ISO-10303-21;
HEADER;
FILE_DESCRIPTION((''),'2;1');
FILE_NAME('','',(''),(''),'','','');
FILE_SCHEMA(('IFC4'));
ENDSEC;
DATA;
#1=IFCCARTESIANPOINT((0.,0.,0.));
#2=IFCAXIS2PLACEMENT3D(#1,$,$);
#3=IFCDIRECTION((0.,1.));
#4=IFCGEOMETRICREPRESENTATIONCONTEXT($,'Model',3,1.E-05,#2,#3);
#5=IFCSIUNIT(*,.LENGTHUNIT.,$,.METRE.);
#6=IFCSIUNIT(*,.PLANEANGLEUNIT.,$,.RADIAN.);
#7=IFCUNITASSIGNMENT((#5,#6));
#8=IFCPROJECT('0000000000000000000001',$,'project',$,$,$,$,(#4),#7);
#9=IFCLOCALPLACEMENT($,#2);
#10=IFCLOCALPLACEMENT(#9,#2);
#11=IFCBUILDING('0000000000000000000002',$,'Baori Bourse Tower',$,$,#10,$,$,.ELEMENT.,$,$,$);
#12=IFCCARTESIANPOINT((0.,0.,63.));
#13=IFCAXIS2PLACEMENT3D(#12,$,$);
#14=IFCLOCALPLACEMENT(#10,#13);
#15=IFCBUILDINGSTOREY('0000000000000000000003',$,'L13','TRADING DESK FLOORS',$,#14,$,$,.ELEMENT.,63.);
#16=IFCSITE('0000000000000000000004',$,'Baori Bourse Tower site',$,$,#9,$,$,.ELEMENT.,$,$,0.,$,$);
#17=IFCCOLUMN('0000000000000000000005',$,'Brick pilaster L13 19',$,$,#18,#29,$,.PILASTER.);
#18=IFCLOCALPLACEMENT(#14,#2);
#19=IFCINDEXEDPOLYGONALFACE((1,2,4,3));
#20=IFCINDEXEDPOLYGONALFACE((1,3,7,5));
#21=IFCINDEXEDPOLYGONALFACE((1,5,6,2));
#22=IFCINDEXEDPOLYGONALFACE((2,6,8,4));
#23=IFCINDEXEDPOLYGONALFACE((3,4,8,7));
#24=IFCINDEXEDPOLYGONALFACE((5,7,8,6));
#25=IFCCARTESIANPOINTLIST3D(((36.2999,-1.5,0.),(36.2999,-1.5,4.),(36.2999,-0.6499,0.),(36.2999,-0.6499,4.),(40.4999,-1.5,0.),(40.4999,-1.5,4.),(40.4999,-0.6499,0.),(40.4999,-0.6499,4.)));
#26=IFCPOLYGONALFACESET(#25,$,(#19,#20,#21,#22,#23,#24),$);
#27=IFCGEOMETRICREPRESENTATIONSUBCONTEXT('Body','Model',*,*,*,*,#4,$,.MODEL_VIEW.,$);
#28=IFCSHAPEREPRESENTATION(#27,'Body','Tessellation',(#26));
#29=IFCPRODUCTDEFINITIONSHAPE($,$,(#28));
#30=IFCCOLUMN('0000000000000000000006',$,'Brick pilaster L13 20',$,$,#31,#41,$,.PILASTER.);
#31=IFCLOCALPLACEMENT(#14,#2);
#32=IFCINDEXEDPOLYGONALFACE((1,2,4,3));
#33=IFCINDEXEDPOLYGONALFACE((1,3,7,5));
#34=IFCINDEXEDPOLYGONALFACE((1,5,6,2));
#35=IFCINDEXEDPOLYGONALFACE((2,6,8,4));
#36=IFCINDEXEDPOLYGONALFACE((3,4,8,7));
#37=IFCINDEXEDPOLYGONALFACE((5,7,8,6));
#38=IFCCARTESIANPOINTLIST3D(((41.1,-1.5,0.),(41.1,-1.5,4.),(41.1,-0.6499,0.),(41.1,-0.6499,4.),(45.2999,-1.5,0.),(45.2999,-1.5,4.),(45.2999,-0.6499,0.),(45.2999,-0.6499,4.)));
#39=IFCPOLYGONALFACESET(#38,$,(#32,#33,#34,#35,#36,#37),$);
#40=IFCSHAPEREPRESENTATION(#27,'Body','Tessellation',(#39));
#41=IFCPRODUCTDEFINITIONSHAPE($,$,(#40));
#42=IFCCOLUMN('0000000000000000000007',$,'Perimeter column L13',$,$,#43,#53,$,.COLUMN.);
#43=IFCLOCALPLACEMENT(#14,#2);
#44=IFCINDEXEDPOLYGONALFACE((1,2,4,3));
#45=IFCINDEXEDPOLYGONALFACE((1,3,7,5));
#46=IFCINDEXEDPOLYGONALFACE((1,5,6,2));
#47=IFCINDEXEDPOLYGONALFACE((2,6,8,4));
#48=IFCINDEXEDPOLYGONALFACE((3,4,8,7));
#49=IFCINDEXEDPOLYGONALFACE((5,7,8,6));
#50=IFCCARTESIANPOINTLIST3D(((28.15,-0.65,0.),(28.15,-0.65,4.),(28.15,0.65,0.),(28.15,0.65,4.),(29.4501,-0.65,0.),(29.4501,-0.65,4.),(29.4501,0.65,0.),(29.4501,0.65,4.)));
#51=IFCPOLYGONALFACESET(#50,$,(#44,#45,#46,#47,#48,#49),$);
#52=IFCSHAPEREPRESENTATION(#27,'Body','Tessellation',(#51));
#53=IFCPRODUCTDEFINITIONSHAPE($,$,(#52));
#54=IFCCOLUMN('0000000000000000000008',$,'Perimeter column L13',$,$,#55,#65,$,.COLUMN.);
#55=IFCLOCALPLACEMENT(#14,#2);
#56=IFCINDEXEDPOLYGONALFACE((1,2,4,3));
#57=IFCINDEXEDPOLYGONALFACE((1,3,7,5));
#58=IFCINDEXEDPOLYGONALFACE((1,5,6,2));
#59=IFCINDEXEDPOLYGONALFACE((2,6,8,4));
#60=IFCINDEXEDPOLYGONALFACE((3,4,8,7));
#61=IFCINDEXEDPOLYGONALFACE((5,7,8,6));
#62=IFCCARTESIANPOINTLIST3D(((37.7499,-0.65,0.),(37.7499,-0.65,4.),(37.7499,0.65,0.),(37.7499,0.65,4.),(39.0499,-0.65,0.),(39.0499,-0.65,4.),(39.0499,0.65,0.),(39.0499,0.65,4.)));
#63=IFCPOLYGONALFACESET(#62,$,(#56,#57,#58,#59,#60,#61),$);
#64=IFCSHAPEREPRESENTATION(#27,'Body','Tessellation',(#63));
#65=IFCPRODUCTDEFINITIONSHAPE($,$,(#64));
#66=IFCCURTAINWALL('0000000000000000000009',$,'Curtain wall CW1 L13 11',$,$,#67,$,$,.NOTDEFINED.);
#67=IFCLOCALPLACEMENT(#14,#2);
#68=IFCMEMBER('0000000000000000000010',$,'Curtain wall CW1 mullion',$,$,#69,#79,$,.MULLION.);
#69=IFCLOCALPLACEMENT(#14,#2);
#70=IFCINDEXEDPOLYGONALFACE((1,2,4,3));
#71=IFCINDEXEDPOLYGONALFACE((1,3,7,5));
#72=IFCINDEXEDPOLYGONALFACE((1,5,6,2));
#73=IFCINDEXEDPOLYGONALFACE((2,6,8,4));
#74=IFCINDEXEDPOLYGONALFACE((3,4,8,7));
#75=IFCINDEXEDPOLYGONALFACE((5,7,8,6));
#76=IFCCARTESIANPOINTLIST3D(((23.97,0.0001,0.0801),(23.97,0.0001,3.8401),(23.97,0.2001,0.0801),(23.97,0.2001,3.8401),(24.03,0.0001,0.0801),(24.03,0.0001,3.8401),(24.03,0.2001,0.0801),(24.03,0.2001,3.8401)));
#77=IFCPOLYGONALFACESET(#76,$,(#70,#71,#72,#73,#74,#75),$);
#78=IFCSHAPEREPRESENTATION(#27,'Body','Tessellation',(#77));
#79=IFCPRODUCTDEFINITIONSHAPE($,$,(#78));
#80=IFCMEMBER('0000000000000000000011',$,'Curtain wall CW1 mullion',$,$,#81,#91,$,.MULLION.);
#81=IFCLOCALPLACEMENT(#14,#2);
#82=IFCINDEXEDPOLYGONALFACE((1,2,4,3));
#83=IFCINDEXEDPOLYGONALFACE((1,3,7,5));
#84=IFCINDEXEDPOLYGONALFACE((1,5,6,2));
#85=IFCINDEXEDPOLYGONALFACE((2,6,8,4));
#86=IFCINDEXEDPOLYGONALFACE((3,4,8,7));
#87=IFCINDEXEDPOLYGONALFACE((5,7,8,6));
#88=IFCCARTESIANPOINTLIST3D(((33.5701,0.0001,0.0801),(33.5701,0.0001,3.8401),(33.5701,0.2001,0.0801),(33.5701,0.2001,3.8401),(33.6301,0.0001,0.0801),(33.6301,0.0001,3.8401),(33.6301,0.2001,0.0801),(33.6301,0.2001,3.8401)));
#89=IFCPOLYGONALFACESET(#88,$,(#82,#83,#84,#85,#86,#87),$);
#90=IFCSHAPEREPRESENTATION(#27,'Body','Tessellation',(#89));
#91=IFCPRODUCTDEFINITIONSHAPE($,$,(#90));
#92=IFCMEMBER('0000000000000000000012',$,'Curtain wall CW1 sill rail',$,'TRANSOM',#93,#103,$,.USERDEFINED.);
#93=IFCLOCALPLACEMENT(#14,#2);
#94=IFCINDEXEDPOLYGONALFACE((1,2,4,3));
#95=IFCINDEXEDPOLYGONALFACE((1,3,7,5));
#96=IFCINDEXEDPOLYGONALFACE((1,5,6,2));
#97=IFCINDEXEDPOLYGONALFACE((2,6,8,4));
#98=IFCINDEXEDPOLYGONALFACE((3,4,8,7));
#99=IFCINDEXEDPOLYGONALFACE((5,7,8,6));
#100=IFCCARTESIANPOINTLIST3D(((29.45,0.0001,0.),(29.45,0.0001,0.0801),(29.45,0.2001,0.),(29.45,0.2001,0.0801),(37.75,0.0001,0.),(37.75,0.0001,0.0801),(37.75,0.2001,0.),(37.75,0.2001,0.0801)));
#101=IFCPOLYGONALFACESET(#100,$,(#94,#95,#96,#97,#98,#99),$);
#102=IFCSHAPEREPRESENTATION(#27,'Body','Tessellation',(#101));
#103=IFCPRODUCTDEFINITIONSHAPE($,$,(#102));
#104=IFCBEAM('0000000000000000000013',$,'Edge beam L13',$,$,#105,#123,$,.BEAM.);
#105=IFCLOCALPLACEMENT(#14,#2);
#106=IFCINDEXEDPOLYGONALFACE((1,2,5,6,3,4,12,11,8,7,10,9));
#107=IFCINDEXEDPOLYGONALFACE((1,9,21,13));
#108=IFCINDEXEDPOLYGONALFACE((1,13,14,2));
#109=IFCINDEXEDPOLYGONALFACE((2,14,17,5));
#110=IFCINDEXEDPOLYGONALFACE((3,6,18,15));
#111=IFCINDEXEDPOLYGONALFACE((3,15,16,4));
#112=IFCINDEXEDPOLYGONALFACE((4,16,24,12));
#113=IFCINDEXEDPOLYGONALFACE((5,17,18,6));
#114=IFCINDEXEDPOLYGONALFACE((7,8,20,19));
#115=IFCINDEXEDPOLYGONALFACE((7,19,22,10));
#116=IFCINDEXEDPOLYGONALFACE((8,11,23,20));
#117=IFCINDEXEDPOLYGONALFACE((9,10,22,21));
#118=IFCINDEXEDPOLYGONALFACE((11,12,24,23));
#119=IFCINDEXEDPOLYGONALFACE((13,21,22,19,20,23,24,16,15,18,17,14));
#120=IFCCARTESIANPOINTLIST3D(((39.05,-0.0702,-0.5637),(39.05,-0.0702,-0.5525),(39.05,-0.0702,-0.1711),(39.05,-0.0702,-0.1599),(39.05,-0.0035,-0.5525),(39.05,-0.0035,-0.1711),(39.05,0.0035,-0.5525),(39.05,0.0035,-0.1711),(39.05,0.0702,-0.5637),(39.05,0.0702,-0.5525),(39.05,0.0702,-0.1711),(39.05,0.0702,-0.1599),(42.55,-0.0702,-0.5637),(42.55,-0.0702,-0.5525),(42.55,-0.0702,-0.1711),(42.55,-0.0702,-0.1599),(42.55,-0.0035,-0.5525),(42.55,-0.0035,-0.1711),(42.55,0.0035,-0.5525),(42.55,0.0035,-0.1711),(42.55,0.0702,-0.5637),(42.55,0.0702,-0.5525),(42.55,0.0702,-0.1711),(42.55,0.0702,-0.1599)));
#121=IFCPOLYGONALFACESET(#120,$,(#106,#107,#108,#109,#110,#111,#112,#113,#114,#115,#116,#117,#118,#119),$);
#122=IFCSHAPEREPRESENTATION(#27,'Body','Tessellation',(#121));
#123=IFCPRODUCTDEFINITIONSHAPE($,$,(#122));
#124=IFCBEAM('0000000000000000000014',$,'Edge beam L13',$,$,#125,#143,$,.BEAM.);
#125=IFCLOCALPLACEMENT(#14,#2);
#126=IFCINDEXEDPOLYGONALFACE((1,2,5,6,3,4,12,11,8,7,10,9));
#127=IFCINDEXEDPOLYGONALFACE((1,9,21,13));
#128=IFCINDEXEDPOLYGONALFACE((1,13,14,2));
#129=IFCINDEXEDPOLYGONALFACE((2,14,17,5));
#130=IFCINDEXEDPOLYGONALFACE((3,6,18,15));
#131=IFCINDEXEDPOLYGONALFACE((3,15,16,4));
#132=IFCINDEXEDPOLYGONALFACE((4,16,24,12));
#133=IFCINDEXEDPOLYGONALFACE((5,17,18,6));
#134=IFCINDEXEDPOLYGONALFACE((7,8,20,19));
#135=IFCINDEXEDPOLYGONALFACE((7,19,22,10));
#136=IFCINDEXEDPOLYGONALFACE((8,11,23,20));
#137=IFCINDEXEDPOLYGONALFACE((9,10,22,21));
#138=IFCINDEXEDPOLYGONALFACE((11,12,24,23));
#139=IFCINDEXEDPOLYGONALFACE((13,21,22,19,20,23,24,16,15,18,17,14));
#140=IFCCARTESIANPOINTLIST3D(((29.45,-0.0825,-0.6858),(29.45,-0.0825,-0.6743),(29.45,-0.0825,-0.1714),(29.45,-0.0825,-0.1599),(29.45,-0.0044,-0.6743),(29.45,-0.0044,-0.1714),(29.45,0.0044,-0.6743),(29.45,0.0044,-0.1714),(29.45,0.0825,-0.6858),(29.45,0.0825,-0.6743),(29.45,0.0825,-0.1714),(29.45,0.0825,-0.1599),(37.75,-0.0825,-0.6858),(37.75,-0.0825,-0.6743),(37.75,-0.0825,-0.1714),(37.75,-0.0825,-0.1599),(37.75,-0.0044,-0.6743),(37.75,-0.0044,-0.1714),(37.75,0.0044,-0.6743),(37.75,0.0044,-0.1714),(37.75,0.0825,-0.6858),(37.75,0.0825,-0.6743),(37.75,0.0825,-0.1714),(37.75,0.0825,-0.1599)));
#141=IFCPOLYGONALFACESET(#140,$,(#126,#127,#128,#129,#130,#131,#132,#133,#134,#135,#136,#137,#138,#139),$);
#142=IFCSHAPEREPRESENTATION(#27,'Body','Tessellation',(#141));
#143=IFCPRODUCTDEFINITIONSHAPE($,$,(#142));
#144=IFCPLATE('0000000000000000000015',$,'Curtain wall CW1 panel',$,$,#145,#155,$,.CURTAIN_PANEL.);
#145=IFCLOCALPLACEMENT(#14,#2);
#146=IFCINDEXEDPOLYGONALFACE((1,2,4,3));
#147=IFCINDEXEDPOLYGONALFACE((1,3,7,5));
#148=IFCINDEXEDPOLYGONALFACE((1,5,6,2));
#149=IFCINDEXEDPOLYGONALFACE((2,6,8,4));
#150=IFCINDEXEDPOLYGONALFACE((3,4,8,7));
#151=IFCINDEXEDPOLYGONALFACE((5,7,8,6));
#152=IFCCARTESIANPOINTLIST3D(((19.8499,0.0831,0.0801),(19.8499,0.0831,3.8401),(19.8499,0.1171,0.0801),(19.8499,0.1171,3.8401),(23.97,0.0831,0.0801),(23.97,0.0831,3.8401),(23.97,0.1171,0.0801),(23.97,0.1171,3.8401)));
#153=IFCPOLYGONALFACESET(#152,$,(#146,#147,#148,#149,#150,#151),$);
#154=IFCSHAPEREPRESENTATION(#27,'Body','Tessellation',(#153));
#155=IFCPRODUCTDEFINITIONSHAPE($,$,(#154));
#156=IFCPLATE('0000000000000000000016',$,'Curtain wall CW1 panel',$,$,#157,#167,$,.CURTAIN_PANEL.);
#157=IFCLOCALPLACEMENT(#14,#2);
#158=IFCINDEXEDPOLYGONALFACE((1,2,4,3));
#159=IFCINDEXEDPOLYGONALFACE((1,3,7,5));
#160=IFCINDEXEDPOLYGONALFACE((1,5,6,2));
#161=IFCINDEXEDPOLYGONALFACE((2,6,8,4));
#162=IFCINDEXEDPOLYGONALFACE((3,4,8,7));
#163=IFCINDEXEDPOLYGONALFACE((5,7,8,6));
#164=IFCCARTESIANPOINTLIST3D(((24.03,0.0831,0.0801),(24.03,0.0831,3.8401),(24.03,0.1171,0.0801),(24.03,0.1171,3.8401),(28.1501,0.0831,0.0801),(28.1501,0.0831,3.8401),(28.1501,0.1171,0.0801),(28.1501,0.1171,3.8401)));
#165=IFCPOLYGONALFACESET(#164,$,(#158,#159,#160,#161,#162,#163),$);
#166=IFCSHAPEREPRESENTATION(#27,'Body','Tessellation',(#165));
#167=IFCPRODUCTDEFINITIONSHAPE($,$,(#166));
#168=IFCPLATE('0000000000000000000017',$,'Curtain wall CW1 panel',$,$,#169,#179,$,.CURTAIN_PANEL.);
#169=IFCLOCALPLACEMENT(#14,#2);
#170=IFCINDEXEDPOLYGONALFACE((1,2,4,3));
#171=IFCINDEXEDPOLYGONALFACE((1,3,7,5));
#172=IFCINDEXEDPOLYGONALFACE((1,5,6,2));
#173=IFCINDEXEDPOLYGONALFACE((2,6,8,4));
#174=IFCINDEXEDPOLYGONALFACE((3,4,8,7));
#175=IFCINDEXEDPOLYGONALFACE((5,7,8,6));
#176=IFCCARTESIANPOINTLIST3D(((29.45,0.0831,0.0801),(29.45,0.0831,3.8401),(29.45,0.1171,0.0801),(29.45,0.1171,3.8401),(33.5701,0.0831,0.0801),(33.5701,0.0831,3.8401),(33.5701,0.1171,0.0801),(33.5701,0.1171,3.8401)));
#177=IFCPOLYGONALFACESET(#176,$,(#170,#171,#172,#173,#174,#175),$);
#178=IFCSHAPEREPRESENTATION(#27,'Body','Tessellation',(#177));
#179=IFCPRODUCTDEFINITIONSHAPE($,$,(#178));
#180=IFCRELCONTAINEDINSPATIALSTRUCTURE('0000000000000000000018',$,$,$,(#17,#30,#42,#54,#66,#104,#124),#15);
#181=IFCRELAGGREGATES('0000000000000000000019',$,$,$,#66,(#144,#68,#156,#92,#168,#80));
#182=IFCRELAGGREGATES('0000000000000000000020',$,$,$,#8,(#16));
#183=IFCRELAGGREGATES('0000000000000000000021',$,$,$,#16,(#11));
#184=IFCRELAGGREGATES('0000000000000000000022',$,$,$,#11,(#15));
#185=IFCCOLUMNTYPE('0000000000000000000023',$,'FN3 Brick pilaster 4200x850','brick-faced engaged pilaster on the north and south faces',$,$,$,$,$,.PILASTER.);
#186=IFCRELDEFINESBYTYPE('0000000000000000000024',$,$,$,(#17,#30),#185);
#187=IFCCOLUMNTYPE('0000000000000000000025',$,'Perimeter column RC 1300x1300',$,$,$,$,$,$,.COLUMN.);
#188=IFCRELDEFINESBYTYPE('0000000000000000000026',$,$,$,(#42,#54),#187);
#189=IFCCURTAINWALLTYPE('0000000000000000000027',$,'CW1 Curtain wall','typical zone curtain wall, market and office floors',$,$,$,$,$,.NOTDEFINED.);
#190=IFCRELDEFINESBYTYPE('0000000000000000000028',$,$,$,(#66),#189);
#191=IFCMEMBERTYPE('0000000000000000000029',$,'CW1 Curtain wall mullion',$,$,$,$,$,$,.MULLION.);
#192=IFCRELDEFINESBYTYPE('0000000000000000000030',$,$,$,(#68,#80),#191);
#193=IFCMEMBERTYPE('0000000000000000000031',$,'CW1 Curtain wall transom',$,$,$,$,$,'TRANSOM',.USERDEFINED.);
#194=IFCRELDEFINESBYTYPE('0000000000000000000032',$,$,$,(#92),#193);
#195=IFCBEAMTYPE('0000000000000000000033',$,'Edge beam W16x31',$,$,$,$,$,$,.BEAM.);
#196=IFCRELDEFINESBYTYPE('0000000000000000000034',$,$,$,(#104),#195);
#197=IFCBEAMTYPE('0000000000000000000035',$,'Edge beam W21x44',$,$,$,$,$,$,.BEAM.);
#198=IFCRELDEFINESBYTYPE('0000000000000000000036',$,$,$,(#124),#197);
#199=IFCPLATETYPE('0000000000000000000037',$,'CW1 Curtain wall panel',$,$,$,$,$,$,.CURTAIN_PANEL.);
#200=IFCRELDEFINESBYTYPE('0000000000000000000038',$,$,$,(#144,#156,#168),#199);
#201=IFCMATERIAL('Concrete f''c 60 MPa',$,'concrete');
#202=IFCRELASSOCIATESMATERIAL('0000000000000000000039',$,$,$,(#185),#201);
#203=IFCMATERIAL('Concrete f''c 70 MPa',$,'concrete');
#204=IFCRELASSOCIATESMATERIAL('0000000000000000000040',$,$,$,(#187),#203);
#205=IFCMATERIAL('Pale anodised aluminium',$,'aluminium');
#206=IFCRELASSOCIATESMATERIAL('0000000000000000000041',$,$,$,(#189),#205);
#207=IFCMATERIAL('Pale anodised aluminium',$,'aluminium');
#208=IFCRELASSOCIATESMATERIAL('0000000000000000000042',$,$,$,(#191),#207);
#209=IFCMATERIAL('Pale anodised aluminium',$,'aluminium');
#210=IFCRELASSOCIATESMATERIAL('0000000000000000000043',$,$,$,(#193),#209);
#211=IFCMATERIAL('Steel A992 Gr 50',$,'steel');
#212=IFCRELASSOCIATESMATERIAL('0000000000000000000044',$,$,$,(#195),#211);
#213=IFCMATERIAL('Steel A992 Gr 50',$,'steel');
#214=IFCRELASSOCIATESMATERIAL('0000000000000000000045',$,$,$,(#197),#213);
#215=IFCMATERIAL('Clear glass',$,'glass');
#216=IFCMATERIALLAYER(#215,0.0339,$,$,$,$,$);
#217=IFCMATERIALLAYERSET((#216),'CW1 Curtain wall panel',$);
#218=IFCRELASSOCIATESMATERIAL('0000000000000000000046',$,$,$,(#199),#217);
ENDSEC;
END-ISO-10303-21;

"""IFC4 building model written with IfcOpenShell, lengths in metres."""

from ifc_helpers import new_model, si_unit, direction, frame, origin, origin_2d, place, context, subcontext, project, spatial, rectangle, i_section, extrude, material, layer, layer_set, material_profile, profile_set, type_object, element, aggregate, save


model = new_model("IFC4")

# Units and contexts
model_context = context("Model", 3, precision=1e-05, world=origin(), true_north=direction((0.0, 1.0)))
body_context = subcontext(model_context, "Body", "Model", "MODEL_VIEW")
ifc_project = project(units=[si_unit("LENGTHUNIT", "METRE"), si_unit("PLANEANGLEUNIT", "RADIAN")], contexts=[model_context])

# Site, building, storey
site_placement = place(None, origin())
site = spatial("IfcSite", under=ifc_project, at=site_placement, Name="Baori Bourse Tower site", CompositionType="ELEMENT", RefElevation=0.0)
building_placement = place(site_placement, origin())
building = spatial("IfcBuilding", under=site, at=building_placement, Name="Baori Bourse Tower", CompositionType="ELEMENT")
storey_placement = place(building_placement, frame((0.0, 0.0, 63.0)))
storey = spatial("IfcBuildingStorey", under=building, at=storey_placement, Name="L13", Description="TRADING DESK FLOORS", CompositionType="ELEMENT", Elevation=63.0)

# Columns
ifc_material_1 = material(Name="Concrete f'c 60 MPa", Category="concrete")
ifc_material_profile_1 = material_profile(ifc_material_1, rectangle(XDim=4.2, YDim=0.8501, at=origin_2d()), Name="RC 4200x850")
ifc_profile_set_1 = profile_set([ifc_material_profile_1], Name="Concrete f'c 60 MPa")
column_type_1 = type_object("IfcColumnType", Name="FN3 Brick pilaster 4200x850", Description="brick-faced engaged pilaster on the north and south faces", PredefinedType="PILASTER", material=ifc_profile_set_1)
for number, where, z_axis, x_axis, name in (
    (1, (38.3999, -1.075, 0.0), (0.0, 0.0, 1.0), (1.0, 0.0, 0.0), "Brick pilaster L13 19"),
    (2, (43.2, -1.075, 0.0), (0.0, 0.0, 1.0), (1.0, 0.0, 0.0), "Brick pilaster L13 20"),
):
    element("IfcColumn", number, at=place(storey_placement, frame(where, z_axis=z_axis, x_axis=x_axis)), inside=storey, type_object=column_type_1, Name=name, PredefinedType="PILASTER", context=body_context, shape_type="SweptSolid", body=[
        extrude(rectangle(XDim=4.2, YDim=0.8501, at=origin_2d()), origin(), (0.0, 0.0, 1.0), 4.0),
    ])
ifc_material_2 = material(Name="Concrete f'c 70 MPa", Category="concrete")
ifc_material_profile_2 = material_profile(ifc_material_2, rectangle(XDim=1.3, YDim=1.3, at=origin_2d()), Name="RC 1300x1300")
ifc_profile_set_2 = profile_set([ifc_material_profile_2], Name="Concrete f'c 70 MPa")
column_type_2 = type_object("IfcColumnType", Name="Perimeter column RC 1300x1300", PredefinedType="COLUMN", material=ifc_profile_set_2)
for number, where, z_axis, x_axis, name in (
    (3, (28.8, 0.0, 0.0), (0.0, 0.0, 1.0), (1.0, 0.0, 0.0), "Perimeter column L13"),
    (4, (38.3999, 0.0, 0.0), (0.0, 0.0, 1.0), (1.0, 0.0, 0.0), "Perimeter column L13"),
):
    element("IfcColumn", number, at=place(storey_placement, frame(where, z_axis=z_axis, x_axis=x_axis)), inside=storey, type_object=column_type_2, Name=name, PredefinedType="COLUMN", context=body_context, shape_type="SweptSolid", body=[
        extrude(rectangle(XDim=1.3, YDim=1.3, at=origin_2d()), origin(), (0.0, 0.0, 1.0), 4.0),
    ])

# Curtain wall, members
ifc_material_3 = material(Name="Pale anodised aluminium", Category="aluminium")
curtain_wall_type = type_object("IfcCurtainWallType", Name="CW1 Curtain wall", Description="typical zone curtain wall, market and office floors", PredefinedType="NOTDEFINED", material=ifc_material_3)
curtain_wall_placement = place(storey_placement, origin())
curtain_wall = element("IfcCurtainWall", 5, at=curtain_wall_placement, inside=storey, type_object=curtain_wall_type, Name="Curtain wall CW1 L13 11", PredefinedType="NOTDEFINED")
ifc_material_4 = material(Name="Pale anodised aluminium", Category="aluminium")
ifc_material_profile_3 = material_profile(ifc_material_4, rectangle(XDim=0.2, YDim=0.0601, at=origin_2d()), Name="Mullion 60x200")
ifc_profile_set_3 = profile_set([ifc_material_profile_3], Name="Pale anodised aluminium")
member_type_1 = type_object("IfcMemberType", Name="CW1 Curtain wall mullion", PredefinedType="MULLION", material=ifc_profile_set_3)
member_1_placement = place(storey_placement, frame((24.0, 0.1001, 0.0801), z_axis=(0.0, 0.0, 1.0), x_axis=(0.0, 1.0, 0.0)))
member_1 = element("IfcMember", 6, at=member_1_placement, type_object=member_type_1, Name="Curtain wall CW1 mullion", PredefinedType="MULLION", context=body_context, shape_type="SweptSolid", body=[
    extrude(rectangle(XDim=0.2, YDim=0.0601, at=origin_2d()), origin(), (0.0, 0.0, 1.0), 3.76),
])
member_2_placement = place(storey_placement, frame((33.6001, 0.1001, 0.0801), z_axis=(0.0, 0.0, 1.0), x_axis=(0.0, 1.0, 0.0)))
member_2 = element("IfcMember", 7, at=member_2_placement, type_object=member_type_1, Name="Curtain wall CW1 mullion", PredefinedType="MULLION", context=body_context, shape_type="SweptSolid", body=[
    extrude(rectangle(XDim=0.2, YDim=0.0601, at=origin_2d()), origin(), (0.0, 0.0, 1.0), 3.76),
])
ifc_material_5 = material(Name="Pale anodised aluminium", Category="aluminium")
ifc_material_profile_4 = material_profile(ifc_material_5, rectangle(XDim=0.2, YDim=0.0801, at=origin_2d()), Name="Transom 80x200")
ifc_profile_set_4 = profile_set([ifc_material_profile_4], Name="Pale anodised aluminium")
member_type_2 = type_object("IfcMemberType", Name="CW1 Curtain wall transom", ElementType="TRANSOM", PredefinedType="USERDEFINED", material=ifc_profile_set_4)
member_3_placement = place(storey_placement, frame((29.45, 0.1001, 0.04), z_axis=(1.0, 0.0, 0.0), x_axis=(0.0, 1.0, 0.0)))
member_3 = element("IfcMember", 8, at=member_3_placement, type_object=member_type_2, Name="Curtain wall CW1 sill rail", ObjectType="TRANSOM", PredefinedType="USERDEFINED", context=body_context, shape_type="SweptSolid", body=[
    extrude(rectangle(XDim=0.2, YDim=0.0801, at=origin_2d()), origin(), (0.0, 0.0, 1.0), 8.3),
])

# Beams
ifc_material_6 = material(Name="Steel A992 Gr 50", Category="steel")
ifc_material_profile_5 = material_profile(ifc_material_6, i_section(OverallWidth=0.1404, OverallDepth=0.4038, WebThickness=0.0071, FlangeThickness=0.0112, at=origin_2d()), Name="W16x31")
ifc_profile_set_5 = profile_set([ifc_material_profile_5], Name="Steel A992 Gr 50")
beam_type_1 = type_object("IfcBeamType", Name="Edge beam W16x31", PredefinedType="BEAM", material=ifc_profile_set_5)
beam_1_placement = place(storey_placement, frame((39.05, 0.0, -0.3618), z_axis=(1.0, 0.0, 0.0), x_axis=(0.0, 1.0, 0.0)))
element("IfcBeam", 9, at=beam_1_placement, inside=storey, type_object=beam_type_1, Name="Edge beam L13", PredefinedType="BEAM", context=body_context, shape_type="SweptSolid", body=[
    extrude(i_section(OverallWidth=0.1404, OverallDepth=0.4038, WebThickness=0.0071, FlangeThickness=0.0112, at=origin_2d()), origin(), (0.0, 0.0, 1.0), 3.5),
])
ifc_material_7 = material(Name="Steel A992 Gr 50", Category="steel")
ifc_material_profile_6 = material_profile(ifc_material_7, i_section(OverallWidth=0.165, OverallDepth=0.5259, WebThickness=0.0088, FlangeThickness=0.0115, at=origin_2d()), Name="W21x44")
ifc_profile_set_6 = profile_set([ifc_material_profile_6], Name="Steel A992 Gr 50")
beam_type_2 = type_object("IfcBeamType", Name="Edge beam W21x44", PredefinedType="BEAM", material=ifc_profile_set_6)
beam_2_placement = place(storey_placement, frame((29.45, 0.0, -0.4229), z_axis=(1.0, 0.0, 0.0), x_axis=(0.0, 1.0, 0.0)))
element("IfcBeam", 10, at=beam_2_placement, inside=storey, type_object=beam_type_2, Name="Edge beam L13", PredefinedType="BEAM", context=body_context, shape_type="SweptSolid", body=[
    extrude(i_section(OverallWidth=0.165, OverallDepth=0.5259, WebThickness=0.0088, FlangeThickness=0.0115, at=origin_2d()), origin(), (0.0, 0.0, 1.0), 8.3),
])

# Plates
ifc_material_8 = material(Name="Clear glass", Category="glass")
ifc_layer_1 = layer(ifc_material_8, 0.0339)
ifc_layer_set_1 = layer_set([ifc_layer_1], Name="CW1 Curtain wall panel")
plate_type = type_object("IfcPlateType", Name="CW1 Curtain wall panel", PredefinedType="CURTAIN_PANEL", material=ifc_layer_set_1)
plate_1_placement = place(storey_placement, frame((21.9099, 0.1001, 0.0801), z_axis=(0.0, 0.0, 1.0), x_axis=(1.0, 0.0, 0.0)))
plate_1 = element("IfcPlate", 11, at=plate_1_placement, type_object=plate_type, Name="Curtain wall CW1 panel", PredefinedType="CURTAIN_PANEL", context=body_context, shape_type="SweptSolid", body=[
    extrude(rectangle(XDim=4.1201, YDim=0.0339, at=origin_2d()), origin(), (0.0, 0.0, 1.0), 3.76),
])
plate_2_placement = place(storey_placement, frame((26.0901, 0.1001, 0.0801), z_axis=(0.0, 0.0, 1.0), x_axis=(1.0, 0.0, 0.0)))
plate_2 = element("IfcPlate", 12, at=plate_2_placement, type_object=plate_type, Name="Curtain wall CW1 panel", PredefinedType="CURTAIN_PANEL", context=body_context, shape_type="SweptSolid", body=[
    extrude(rectangle(XDim=4.1201, YDim=0.0339, at=origin_2d()), origin(), (0.0, 0.0, 1.0), 3.76),
])
plate_3_placement = place(storey_placement, frame((31.51, 0.1001, 0.0801), z_axis=(0.0, 0.0, 1.0), x_axis=(1.0, 0.0, 0.0)))
plate_3 = element("IfcPlate", 13, at=plate_3_placement, type_object=plate_type, Name="Curtain wall CW1 panel", PredefinedType="CURTAIN_PANEL", context=body_context, shape_type="SweptSolid", body=[
    extrude(rectangle(XDim=4.1201, YDim=0.0339, at=origin_2d()), origin(), (0.0, 0.0, 1.0), 3.76),
])
aggregate(curtain_wall, [plate_1, member_1, plate_2, member_3, plate_3, member_2])

save(model, "model.ifc")
